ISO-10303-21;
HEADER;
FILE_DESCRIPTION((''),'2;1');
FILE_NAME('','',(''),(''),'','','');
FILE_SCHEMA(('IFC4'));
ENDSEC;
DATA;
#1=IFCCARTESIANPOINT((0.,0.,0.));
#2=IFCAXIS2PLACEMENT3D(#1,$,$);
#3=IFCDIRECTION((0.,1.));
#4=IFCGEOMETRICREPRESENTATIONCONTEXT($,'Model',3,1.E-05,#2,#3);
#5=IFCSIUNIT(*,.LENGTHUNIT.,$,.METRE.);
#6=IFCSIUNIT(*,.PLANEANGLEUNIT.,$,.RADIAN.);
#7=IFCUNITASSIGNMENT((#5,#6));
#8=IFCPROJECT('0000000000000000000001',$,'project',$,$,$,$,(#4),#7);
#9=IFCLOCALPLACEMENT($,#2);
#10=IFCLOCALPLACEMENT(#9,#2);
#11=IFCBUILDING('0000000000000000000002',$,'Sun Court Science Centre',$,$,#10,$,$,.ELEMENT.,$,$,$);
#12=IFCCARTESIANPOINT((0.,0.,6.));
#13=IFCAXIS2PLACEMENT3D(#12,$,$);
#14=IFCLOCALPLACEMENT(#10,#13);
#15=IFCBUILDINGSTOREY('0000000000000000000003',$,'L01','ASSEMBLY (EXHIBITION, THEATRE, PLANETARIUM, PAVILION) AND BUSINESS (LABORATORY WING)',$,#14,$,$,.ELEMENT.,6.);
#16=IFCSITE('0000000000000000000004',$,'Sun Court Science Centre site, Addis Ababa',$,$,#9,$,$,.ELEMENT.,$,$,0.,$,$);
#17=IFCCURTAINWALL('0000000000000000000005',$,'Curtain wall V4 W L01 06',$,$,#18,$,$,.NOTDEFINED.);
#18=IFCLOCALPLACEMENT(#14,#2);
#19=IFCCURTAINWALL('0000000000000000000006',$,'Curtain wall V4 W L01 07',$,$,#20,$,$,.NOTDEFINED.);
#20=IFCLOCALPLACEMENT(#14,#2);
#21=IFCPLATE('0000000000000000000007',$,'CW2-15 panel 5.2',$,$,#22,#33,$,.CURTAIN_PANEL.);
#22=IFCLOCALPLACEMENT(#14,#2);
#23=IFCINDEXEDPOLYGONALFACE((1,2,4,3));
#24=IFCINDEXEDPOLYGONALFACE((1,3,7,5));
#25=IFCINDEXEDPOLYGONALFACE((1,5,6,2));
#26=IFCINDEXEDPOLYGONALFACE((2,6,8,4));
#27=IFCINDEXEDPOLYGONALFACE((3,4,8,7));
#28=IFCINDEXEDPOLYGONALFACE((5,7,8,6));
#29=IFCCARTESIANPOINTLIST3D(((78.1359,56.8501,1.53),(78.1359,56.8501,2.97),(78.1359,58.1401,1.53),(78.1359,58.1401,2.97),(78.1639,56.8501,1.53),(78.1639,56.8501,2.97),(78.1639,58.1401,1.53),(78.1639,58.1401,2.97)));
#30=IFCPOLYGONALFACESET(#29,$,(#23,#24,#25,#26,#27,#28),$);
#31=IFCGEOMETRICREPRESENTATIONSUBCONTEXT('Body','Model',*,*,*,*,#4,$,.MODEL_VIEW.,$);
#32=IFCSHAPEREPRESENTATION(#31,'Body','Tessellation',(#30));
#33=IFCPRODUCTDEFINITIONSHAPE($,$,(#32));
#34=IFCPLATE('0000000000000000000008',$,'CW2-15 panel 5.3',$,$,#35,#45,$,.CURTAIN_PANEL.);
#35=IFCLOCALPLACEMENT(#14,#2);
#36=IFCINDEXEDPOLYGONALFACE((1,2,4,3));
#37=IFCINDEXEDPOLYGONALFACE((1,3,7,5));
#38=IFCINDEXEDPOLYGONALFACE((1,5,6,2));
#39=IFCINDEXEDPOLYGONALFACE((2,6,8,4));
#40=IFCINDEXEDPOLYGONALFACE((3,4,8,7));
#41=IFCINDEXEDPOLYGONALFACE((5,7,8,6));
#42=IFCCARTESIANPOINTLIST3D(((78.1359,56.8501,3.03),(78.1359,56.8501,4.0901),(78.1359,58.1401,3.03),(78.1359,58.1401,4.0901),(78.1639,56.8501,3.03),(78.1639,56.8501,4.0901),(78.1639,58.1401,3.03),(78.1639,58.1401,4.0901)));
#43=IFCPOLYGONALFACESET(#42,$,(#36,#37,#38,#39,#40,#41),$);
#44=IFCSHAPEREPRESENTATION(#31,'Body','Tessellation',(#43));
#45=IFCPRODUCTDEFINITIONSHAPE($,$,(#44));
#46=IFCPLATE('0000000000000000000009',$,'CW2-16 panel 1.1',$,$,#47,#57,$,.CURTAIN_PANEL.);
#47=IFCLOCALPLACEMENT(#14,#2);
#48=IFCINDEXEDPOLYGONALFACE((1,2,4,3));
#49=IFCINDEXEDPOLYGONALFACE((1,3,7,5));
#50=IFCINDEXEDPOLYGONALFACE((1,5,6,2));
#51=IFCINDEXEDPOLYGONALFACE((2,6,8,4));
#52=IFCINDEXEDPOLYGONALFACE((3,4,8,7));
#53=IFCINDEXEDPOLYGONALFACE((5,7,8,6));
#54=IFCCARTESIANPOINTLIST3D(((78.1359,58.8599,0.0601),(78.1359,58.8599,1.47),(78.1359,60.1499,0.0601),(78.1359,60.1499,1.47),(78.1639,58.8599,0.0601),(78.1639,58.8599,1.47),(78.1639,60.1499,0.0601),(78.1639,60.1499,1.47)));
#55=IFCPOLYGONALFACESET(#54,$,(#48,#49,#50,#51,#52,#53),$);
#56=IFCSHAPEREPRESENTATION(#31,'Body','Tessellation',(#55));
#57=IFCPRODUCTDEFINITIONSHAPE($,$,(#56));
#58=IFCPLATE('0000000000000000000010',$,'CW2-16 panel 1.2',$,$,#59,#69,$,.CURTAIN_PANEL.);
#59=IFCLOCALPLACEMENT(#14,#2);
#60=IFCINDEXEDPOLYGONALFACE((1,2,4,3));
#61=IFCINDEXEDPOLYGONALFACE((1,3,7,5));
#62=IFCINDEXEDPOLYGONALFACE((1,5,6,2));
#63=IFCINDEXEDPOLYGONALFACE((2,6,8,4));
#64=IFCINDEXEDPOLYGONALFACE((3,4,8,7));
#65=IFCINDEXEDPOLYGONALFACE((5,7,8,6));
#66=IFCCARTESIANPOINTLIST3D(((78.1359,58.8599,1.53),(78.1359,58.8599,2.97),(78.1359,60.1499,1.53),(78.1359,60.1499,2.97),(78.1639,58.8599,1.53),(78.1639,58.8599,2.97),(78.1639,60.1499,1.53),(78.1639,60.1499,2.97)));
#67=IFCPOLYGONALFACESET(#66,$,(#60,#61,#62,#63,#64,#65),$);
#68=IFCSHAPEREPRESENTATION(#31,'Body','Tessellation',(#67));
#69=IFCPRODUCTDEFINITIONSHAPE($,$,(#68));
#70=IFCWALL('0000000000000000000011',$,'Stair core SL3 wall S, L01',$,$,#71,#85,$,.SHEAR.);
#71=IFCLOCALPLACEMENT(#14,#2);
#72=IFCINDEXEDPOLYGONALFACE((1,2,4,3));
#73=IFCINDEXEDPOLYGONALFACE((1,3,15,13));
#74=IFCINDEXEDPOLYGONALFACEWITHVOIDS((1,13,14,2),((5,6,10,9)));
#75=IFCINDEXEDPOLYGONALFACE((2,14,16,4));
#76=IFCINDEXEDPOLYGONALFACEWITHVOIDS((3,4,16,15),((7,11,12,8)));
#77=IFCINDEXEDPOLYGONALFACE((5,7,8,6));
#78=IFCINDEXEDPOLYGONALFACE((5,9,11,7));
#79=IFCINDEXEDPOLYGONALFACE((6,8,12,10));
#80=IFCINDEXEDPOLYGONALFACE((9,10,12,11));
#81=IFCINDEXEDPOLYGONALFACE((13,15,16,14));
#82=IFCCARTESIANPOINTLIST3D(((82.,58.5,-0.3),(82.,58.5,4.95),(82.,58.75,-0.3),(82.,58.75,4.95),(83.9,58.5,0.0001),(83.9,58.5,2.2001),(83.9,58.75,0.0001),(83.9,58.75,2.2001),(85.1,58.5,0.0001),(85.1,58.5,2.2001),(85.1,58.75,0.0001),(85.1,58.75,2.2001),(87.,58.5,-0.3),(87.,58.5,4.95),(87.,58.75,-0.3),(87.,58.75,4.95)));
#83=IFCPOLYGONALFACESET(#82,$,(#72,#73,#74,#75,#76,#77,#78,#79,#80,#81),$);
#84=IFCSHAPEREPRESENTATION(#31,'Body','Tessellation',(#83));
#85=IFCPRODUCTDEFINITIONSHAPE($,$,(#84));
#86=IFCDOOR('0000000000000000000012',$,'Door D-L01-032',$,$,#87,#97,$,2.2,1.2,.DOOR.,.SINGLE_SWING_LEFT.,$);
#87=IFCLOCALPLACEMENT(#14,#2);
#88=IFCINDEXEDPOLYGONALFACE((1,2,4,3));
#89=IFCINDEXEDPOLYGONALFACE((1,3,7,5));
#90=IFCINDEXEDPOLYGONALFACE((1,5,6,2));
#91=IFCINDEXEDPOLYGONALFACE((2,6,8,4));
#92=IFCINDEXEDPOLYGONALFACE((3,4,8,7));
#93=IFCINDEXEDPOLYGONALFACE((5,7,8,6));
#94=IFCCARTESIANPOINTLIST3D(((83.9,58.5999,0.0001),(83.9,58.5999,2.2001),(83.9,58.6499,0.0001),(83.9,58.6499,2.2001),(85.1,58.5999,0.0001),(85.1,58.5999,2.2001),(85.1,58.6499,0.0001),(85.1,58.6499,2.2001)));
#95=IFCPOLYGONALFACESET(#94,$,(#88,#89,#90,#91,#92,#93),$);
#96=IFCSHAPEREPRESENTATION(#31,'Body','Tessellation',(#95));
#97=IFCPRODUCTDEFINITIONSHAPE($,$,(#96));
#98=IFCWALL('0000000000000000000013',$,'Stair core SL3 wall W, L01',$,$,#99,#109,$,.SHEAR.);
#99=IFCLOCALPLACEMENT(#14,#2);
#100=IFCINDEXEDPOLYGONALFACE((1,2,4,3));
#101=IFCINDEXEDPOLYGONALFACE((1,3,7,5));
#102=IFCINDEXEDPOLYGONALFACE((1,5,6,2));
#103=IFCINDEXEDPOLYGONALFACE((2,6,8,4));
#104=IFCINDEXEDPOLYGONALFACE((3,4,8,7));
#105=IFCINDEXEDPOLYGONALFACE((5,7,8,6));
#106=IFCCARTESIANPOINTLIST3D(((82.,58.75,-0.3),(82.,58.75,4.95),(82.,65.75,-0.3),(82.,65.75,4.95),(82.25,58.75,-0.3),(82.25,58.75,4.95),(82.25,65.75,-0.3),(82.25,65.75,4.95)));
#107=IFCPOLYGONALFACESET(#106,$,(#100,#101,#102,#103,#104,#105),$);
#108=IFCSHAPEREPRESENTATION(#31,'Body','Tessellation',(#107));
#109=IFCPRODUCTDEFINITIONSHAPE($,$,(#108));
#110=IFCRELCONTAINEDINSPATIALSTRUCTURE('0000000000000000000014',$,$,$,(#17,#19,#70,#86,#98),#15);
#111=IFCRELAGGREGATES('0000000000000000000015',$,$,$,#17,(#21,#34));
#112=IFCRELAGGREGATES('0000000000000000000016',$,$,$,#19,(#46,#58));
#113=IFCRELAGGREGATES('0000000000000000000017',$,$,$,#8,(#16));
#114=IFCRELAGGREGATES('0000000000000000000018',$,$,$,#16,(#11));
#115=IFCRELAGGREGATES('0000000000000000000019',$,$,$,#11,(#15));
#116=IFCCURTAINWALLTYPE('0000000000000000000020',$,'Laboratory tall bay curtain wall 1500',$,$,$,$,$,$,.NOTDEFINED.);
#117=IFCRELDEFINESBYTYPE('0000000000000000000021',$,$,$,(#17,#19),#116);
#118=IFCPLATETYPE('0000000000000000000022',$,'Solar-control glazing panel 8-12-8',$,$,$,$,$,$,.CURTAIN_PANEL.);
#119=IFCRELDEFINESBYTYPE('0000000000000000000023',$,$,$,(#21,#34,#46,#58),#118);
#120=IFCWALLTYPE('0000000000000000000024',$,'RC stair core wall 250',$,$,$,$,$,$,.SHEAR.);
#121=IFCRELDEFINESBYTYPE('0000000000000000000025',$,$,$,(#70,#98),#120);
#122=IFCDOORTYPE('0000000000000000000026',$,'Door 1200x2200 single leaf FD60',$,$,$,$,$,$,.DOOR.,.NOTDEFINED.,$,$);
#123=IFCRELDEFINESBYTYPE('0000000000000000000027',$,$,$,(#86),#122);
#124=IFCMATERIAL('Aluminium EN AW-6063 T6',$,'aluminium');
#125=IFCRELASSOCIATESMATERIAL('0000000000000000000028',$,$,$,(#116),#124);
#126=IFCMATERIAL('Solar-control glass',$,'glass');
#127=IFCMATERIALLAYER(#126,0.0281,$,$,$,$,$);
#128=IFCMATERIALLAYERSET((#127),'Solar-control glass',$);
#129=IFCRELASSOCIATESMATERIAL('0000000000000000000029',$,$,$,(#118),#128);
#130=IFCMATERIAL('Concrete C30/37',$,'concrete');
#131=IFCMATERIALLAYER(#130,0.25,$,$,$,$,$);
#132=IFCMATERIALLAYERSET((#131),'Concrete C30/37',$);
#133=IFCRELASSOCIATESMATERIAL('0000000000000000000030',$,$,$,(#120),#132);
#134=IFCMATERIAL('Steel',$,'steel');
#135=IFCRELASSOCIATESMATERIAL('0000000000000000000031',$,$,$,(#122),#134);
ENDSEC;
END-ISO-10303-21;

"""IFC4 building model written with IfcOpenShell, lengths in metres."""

from ifc_helpers import new_model, si_unit, direction, frame, frame_2d, origin, origin_2d, place, context, subcontext, project, spatial, rectangle, extrude, material, layer, layer_set, type_object, element, fill, aggregate, save


model = new_model("IFC4")

# Units and contexts
model_context = context("Model", 3, precision=1e-05, world=origin(), true_north=direction((0.0, 1.0)))
body_context = subcontext(model_context, "Body", "Model", "MODEL_VIEW")
ifc_project = project(units=[si_unit("LENGTHUNIT", "METRE"), si_unit("PLANEANGLEUNIT", "RADIAN")], contexts=[model_context])

# Site, building, storey
site_placement = place(None, origin())
site = spatial("IfcSite", under=ifc_project, at=site_placement, Name="Sun Court Science Centre site, Addis Ababa", CompositionType="ELEMENT", RefElevation=0.0)
building_placement = place(site_placement, origin())
building = spatial("IfcBuilding", under=site, at=building_placement, Name="Sun Court Science Centre", CompositionType="ELEMENT")
storey_placement = place(building_placement, frame((0.0, 0.0, 6.0)))
storey = spatial("IfcBuildingStorey", under=building, at=storey_placement, Name="L01", Description="ASSEMBLY (EXHIBITION, THEATRE, PLANETARIUM, PAVILION) AND BUSINESS (LABORATORY WING)", CompositionType="ELEMENT", Elevation=6.0)

# Curtain wall
ifc_material_1 = material(Name="Aluminium EN AW-6063 T6", Category="aluminium")
curtain_wall_type = type_object("IfcCurtainWallType", Name="Laboratory tall bay curtain wall 1500", PredefinedType="NOTDEFINED", material=ifc_material_1)
curtain_wall_1_placement = place(storey_placement, origin())
curtain_wall_1 = element("IfcCurtainWall", 1, at=curtain_wall_1_placement, inside=storey, type_object=curtain_wall_type, Name="Curtain wall V4 W L01 06", PredefinedType="NOTDEFINED")

# Curtain wall
curtain_wall_2_placement = place(storey_placement, origin())
curtain_wall_2 = element("IfcCurtainWall", 2, at=curtain_wall_2_placement, inside=storey, type_object=curtain_wall_type, Name="Curtain wall V4 W L01 07", PredefinedType="NOTDEFINED")

# Plates
ifc_material_2 = material(Name="Solar-control glass", Category="glass")
ifc_layer_1 = layer(ifc_material_2, 0.0281)
ifc_layer_set_1 = layer_set([ifc_layer_1], Name="Solar-control glass")
plate_type = type_object("IfcPlateType", Name="Solar-control glazing panel 8-12-8", PredefinedType="CURTAIN_PANEL", material=ifc_layer_set_1)
plate_1_placement = place(storey_placement, frame((78.1499, 57.4951, 1.53), z_axis=(0.0, 0.0, 1.0), x_axis=(0.0, 1.0, 0.0)))
plate_1 = element("IfcPlate", 3, at=plate_1_placement, type_object=plate_type, Name="CW2-15 panel 5.2", PredefinedType="CURTAIN_PANEL", context=body_context, shape_type="SweptSolid", body=[
    extrude(rectangle(XDim=1.29, YDim=0.0281, at=origin_2d()), origin(), (0.0, 0.0, 1.0), 1.4399),
])
plate_2_placement = place(storey_placement, frame((78.1499, 57.4951, 3.03), z_axis=(0.0, 0.0, 1.0), x_axis=(0.0, 1.0, 0.0)))
plate_2 = element("IfcPlate", 4, at=plate_2_placement, type_object=plate_type, Name="CW2-15 panel 5.3", PredefinedType="CURTAIN_PANEL", context=body_context, shape_type="SweptSolid", body=[
    extrude(rectangle(XDim=1.29, YDim=0.0281, at=origin_2d()), origin(), (0.0, 0.0, 1.0), 1.0601),
])
aggregate(curtain_wall_1, [plate_1, plate_2])
plate_3_placement = place(storey_placement, frame((78.1499, 59.5049, 0.0601), z_axis=(0.0, 0.0, 1.0), x_axis=(0.0, 1.0, 0.0)))
plate_3 = element("IfcPlate", 5, at=plate_3_placement, type_object=plate_type, Name="CW2-16 panel 1.1", PredefinedType="CURTAIN_PANEL", context=body_context, shape_type="SweptSolid", body=[
    extrude(rectangle(XDim=1.29, YDim=0.0281, at=origin_2d()), origin(), (0.0, 0.0, 1.0), 1.4099),
])
plate_4_placement = place(storey_placement, frame((78.1499, 59.5049, 1.53), z_axis=(0.0, 0.0, 1.0), x_axis=(0.0, 1.0, 0.0)))
plate_4 = element("IfcPlate", 6, at=plate_4_placement, type_object=plate_type, Name="CW2-16 panel 1.2", PredefinedType="CURTAIN_PANEL", context=body_context, shape_type="SweptSolid", body=[
    extrude(rectangle(XDim=1.29, YDim=0.0281, at=origin_2d()), origin(), (0.0, 0.0, 1.0), 1.4399),
])
aggregate(curtain_wall_2, [plate_3, plate_4])

# Wall, opening, door
ifc_material_3 = material(Name="Concrete C30/37", Category="concrete")
ifc_layer_2 = layer(ifc_material_3, 0.25)
ifc_layer_set_2 = layer_set([ifc_layer_2], Name="Concrete C30/37")
wall_type = type_object("IfcWallType", Name="RC stair core wall 250", PredefinedType="SHEAR", material=ifc_layer_set_2)
wall_1_placement = place(storey_placement, frame((82.0, 58.625, -0.3), z_axis=(0.0, 0.0, 1.0), x_axis=(1.0, 0.0, 0.0)))
wall_1 = element("IfcWall", 7, at=wall_1_placement, inside=storey, type_object=wall_type, Name="Stair core SL3 wall S, L01", PredefinedType="SHEAR", context=body_context, shape_type="SweptSolid", body=[
    extrude(rectangle(XDim=5.0, YDim=0.25, at=frame_2d((2.5, 0.0))), origin(), (0.0, 0.0, 1.0), 5.25),
])
opening_placement = place(wall_1_placement, frame((1.8999, 0.0, 0.3)))
opening = element("IfcOpeningElement", 8, at=opening_placement, cuts=wall_1, PredefinedType="OPENING", context=body_context, shape_type="SweptSolid", body=[
    extrude(rectangle(XDim=1.2, YDim=2.2, at=frame_2d((0.6001, 1.1001))), frame((0.0, 0.135, 0.0), z_axis=(0.0, -1.0, 0.0), x_axis=(1.0, 0.0, 0.0)), (0.0, 0.0, 1.0), 0.27),
])
ifc_material_4 = material(Name="Steel", Category="steel")
door_type = type_object("IfcDoorType", Name="Door 1200x2200 single leaf FD60", OperationType="NOTDEFINED", PredefinedType="DOOR", material=ifc_material_4)
door_placement = place(opening_placement, origin())
door = element("IfcDoor", 9, at=door_placement, inside=storey, type_object=door_type, Name="Door D-L01-032", OperationType="SINGLE_SWING_LEFT", OverallHeight=2.2, OverallWidth=1.2, PredefinedType="DOOR", context=body_context, shape_type="SweptSolid", body=[
    extrude(rectangle(XDim=1.2, YDim=2.2, at=frame_2d((0.6001, 1.1001))), frame((0.0, 0.0249, 0.0), z_axis=(0.0, -1.0, 0.0), x_axis=(1.0, 0.0, 0.0)), (0.0, 0.0, 1.0), 0.05),
])
fill(opening, door)

# Wall
wall_2_placement = place(storey_placement, frame((82.125, 58.75, -0.3), z_axis=(0.0, 0.0, 1.0), x_axis=(0.0, 1.0, 0.0)))
element("IfcWall", 10, at=wall_2_placement, inside=storey, type_object=wall_type, Name="Stair core SL3 wall W, L01", PredefinedType="SHEAR", context=body_context, shape_type="SweptSolid", body=[
    extrude(rectangle(XDim=7.0, YDim=0.25, at=frame_2d((3.5, 0.0))), origin(), (0.0, 0.0, 1.0), 5.25),
])

save(model, "model.ifc")
